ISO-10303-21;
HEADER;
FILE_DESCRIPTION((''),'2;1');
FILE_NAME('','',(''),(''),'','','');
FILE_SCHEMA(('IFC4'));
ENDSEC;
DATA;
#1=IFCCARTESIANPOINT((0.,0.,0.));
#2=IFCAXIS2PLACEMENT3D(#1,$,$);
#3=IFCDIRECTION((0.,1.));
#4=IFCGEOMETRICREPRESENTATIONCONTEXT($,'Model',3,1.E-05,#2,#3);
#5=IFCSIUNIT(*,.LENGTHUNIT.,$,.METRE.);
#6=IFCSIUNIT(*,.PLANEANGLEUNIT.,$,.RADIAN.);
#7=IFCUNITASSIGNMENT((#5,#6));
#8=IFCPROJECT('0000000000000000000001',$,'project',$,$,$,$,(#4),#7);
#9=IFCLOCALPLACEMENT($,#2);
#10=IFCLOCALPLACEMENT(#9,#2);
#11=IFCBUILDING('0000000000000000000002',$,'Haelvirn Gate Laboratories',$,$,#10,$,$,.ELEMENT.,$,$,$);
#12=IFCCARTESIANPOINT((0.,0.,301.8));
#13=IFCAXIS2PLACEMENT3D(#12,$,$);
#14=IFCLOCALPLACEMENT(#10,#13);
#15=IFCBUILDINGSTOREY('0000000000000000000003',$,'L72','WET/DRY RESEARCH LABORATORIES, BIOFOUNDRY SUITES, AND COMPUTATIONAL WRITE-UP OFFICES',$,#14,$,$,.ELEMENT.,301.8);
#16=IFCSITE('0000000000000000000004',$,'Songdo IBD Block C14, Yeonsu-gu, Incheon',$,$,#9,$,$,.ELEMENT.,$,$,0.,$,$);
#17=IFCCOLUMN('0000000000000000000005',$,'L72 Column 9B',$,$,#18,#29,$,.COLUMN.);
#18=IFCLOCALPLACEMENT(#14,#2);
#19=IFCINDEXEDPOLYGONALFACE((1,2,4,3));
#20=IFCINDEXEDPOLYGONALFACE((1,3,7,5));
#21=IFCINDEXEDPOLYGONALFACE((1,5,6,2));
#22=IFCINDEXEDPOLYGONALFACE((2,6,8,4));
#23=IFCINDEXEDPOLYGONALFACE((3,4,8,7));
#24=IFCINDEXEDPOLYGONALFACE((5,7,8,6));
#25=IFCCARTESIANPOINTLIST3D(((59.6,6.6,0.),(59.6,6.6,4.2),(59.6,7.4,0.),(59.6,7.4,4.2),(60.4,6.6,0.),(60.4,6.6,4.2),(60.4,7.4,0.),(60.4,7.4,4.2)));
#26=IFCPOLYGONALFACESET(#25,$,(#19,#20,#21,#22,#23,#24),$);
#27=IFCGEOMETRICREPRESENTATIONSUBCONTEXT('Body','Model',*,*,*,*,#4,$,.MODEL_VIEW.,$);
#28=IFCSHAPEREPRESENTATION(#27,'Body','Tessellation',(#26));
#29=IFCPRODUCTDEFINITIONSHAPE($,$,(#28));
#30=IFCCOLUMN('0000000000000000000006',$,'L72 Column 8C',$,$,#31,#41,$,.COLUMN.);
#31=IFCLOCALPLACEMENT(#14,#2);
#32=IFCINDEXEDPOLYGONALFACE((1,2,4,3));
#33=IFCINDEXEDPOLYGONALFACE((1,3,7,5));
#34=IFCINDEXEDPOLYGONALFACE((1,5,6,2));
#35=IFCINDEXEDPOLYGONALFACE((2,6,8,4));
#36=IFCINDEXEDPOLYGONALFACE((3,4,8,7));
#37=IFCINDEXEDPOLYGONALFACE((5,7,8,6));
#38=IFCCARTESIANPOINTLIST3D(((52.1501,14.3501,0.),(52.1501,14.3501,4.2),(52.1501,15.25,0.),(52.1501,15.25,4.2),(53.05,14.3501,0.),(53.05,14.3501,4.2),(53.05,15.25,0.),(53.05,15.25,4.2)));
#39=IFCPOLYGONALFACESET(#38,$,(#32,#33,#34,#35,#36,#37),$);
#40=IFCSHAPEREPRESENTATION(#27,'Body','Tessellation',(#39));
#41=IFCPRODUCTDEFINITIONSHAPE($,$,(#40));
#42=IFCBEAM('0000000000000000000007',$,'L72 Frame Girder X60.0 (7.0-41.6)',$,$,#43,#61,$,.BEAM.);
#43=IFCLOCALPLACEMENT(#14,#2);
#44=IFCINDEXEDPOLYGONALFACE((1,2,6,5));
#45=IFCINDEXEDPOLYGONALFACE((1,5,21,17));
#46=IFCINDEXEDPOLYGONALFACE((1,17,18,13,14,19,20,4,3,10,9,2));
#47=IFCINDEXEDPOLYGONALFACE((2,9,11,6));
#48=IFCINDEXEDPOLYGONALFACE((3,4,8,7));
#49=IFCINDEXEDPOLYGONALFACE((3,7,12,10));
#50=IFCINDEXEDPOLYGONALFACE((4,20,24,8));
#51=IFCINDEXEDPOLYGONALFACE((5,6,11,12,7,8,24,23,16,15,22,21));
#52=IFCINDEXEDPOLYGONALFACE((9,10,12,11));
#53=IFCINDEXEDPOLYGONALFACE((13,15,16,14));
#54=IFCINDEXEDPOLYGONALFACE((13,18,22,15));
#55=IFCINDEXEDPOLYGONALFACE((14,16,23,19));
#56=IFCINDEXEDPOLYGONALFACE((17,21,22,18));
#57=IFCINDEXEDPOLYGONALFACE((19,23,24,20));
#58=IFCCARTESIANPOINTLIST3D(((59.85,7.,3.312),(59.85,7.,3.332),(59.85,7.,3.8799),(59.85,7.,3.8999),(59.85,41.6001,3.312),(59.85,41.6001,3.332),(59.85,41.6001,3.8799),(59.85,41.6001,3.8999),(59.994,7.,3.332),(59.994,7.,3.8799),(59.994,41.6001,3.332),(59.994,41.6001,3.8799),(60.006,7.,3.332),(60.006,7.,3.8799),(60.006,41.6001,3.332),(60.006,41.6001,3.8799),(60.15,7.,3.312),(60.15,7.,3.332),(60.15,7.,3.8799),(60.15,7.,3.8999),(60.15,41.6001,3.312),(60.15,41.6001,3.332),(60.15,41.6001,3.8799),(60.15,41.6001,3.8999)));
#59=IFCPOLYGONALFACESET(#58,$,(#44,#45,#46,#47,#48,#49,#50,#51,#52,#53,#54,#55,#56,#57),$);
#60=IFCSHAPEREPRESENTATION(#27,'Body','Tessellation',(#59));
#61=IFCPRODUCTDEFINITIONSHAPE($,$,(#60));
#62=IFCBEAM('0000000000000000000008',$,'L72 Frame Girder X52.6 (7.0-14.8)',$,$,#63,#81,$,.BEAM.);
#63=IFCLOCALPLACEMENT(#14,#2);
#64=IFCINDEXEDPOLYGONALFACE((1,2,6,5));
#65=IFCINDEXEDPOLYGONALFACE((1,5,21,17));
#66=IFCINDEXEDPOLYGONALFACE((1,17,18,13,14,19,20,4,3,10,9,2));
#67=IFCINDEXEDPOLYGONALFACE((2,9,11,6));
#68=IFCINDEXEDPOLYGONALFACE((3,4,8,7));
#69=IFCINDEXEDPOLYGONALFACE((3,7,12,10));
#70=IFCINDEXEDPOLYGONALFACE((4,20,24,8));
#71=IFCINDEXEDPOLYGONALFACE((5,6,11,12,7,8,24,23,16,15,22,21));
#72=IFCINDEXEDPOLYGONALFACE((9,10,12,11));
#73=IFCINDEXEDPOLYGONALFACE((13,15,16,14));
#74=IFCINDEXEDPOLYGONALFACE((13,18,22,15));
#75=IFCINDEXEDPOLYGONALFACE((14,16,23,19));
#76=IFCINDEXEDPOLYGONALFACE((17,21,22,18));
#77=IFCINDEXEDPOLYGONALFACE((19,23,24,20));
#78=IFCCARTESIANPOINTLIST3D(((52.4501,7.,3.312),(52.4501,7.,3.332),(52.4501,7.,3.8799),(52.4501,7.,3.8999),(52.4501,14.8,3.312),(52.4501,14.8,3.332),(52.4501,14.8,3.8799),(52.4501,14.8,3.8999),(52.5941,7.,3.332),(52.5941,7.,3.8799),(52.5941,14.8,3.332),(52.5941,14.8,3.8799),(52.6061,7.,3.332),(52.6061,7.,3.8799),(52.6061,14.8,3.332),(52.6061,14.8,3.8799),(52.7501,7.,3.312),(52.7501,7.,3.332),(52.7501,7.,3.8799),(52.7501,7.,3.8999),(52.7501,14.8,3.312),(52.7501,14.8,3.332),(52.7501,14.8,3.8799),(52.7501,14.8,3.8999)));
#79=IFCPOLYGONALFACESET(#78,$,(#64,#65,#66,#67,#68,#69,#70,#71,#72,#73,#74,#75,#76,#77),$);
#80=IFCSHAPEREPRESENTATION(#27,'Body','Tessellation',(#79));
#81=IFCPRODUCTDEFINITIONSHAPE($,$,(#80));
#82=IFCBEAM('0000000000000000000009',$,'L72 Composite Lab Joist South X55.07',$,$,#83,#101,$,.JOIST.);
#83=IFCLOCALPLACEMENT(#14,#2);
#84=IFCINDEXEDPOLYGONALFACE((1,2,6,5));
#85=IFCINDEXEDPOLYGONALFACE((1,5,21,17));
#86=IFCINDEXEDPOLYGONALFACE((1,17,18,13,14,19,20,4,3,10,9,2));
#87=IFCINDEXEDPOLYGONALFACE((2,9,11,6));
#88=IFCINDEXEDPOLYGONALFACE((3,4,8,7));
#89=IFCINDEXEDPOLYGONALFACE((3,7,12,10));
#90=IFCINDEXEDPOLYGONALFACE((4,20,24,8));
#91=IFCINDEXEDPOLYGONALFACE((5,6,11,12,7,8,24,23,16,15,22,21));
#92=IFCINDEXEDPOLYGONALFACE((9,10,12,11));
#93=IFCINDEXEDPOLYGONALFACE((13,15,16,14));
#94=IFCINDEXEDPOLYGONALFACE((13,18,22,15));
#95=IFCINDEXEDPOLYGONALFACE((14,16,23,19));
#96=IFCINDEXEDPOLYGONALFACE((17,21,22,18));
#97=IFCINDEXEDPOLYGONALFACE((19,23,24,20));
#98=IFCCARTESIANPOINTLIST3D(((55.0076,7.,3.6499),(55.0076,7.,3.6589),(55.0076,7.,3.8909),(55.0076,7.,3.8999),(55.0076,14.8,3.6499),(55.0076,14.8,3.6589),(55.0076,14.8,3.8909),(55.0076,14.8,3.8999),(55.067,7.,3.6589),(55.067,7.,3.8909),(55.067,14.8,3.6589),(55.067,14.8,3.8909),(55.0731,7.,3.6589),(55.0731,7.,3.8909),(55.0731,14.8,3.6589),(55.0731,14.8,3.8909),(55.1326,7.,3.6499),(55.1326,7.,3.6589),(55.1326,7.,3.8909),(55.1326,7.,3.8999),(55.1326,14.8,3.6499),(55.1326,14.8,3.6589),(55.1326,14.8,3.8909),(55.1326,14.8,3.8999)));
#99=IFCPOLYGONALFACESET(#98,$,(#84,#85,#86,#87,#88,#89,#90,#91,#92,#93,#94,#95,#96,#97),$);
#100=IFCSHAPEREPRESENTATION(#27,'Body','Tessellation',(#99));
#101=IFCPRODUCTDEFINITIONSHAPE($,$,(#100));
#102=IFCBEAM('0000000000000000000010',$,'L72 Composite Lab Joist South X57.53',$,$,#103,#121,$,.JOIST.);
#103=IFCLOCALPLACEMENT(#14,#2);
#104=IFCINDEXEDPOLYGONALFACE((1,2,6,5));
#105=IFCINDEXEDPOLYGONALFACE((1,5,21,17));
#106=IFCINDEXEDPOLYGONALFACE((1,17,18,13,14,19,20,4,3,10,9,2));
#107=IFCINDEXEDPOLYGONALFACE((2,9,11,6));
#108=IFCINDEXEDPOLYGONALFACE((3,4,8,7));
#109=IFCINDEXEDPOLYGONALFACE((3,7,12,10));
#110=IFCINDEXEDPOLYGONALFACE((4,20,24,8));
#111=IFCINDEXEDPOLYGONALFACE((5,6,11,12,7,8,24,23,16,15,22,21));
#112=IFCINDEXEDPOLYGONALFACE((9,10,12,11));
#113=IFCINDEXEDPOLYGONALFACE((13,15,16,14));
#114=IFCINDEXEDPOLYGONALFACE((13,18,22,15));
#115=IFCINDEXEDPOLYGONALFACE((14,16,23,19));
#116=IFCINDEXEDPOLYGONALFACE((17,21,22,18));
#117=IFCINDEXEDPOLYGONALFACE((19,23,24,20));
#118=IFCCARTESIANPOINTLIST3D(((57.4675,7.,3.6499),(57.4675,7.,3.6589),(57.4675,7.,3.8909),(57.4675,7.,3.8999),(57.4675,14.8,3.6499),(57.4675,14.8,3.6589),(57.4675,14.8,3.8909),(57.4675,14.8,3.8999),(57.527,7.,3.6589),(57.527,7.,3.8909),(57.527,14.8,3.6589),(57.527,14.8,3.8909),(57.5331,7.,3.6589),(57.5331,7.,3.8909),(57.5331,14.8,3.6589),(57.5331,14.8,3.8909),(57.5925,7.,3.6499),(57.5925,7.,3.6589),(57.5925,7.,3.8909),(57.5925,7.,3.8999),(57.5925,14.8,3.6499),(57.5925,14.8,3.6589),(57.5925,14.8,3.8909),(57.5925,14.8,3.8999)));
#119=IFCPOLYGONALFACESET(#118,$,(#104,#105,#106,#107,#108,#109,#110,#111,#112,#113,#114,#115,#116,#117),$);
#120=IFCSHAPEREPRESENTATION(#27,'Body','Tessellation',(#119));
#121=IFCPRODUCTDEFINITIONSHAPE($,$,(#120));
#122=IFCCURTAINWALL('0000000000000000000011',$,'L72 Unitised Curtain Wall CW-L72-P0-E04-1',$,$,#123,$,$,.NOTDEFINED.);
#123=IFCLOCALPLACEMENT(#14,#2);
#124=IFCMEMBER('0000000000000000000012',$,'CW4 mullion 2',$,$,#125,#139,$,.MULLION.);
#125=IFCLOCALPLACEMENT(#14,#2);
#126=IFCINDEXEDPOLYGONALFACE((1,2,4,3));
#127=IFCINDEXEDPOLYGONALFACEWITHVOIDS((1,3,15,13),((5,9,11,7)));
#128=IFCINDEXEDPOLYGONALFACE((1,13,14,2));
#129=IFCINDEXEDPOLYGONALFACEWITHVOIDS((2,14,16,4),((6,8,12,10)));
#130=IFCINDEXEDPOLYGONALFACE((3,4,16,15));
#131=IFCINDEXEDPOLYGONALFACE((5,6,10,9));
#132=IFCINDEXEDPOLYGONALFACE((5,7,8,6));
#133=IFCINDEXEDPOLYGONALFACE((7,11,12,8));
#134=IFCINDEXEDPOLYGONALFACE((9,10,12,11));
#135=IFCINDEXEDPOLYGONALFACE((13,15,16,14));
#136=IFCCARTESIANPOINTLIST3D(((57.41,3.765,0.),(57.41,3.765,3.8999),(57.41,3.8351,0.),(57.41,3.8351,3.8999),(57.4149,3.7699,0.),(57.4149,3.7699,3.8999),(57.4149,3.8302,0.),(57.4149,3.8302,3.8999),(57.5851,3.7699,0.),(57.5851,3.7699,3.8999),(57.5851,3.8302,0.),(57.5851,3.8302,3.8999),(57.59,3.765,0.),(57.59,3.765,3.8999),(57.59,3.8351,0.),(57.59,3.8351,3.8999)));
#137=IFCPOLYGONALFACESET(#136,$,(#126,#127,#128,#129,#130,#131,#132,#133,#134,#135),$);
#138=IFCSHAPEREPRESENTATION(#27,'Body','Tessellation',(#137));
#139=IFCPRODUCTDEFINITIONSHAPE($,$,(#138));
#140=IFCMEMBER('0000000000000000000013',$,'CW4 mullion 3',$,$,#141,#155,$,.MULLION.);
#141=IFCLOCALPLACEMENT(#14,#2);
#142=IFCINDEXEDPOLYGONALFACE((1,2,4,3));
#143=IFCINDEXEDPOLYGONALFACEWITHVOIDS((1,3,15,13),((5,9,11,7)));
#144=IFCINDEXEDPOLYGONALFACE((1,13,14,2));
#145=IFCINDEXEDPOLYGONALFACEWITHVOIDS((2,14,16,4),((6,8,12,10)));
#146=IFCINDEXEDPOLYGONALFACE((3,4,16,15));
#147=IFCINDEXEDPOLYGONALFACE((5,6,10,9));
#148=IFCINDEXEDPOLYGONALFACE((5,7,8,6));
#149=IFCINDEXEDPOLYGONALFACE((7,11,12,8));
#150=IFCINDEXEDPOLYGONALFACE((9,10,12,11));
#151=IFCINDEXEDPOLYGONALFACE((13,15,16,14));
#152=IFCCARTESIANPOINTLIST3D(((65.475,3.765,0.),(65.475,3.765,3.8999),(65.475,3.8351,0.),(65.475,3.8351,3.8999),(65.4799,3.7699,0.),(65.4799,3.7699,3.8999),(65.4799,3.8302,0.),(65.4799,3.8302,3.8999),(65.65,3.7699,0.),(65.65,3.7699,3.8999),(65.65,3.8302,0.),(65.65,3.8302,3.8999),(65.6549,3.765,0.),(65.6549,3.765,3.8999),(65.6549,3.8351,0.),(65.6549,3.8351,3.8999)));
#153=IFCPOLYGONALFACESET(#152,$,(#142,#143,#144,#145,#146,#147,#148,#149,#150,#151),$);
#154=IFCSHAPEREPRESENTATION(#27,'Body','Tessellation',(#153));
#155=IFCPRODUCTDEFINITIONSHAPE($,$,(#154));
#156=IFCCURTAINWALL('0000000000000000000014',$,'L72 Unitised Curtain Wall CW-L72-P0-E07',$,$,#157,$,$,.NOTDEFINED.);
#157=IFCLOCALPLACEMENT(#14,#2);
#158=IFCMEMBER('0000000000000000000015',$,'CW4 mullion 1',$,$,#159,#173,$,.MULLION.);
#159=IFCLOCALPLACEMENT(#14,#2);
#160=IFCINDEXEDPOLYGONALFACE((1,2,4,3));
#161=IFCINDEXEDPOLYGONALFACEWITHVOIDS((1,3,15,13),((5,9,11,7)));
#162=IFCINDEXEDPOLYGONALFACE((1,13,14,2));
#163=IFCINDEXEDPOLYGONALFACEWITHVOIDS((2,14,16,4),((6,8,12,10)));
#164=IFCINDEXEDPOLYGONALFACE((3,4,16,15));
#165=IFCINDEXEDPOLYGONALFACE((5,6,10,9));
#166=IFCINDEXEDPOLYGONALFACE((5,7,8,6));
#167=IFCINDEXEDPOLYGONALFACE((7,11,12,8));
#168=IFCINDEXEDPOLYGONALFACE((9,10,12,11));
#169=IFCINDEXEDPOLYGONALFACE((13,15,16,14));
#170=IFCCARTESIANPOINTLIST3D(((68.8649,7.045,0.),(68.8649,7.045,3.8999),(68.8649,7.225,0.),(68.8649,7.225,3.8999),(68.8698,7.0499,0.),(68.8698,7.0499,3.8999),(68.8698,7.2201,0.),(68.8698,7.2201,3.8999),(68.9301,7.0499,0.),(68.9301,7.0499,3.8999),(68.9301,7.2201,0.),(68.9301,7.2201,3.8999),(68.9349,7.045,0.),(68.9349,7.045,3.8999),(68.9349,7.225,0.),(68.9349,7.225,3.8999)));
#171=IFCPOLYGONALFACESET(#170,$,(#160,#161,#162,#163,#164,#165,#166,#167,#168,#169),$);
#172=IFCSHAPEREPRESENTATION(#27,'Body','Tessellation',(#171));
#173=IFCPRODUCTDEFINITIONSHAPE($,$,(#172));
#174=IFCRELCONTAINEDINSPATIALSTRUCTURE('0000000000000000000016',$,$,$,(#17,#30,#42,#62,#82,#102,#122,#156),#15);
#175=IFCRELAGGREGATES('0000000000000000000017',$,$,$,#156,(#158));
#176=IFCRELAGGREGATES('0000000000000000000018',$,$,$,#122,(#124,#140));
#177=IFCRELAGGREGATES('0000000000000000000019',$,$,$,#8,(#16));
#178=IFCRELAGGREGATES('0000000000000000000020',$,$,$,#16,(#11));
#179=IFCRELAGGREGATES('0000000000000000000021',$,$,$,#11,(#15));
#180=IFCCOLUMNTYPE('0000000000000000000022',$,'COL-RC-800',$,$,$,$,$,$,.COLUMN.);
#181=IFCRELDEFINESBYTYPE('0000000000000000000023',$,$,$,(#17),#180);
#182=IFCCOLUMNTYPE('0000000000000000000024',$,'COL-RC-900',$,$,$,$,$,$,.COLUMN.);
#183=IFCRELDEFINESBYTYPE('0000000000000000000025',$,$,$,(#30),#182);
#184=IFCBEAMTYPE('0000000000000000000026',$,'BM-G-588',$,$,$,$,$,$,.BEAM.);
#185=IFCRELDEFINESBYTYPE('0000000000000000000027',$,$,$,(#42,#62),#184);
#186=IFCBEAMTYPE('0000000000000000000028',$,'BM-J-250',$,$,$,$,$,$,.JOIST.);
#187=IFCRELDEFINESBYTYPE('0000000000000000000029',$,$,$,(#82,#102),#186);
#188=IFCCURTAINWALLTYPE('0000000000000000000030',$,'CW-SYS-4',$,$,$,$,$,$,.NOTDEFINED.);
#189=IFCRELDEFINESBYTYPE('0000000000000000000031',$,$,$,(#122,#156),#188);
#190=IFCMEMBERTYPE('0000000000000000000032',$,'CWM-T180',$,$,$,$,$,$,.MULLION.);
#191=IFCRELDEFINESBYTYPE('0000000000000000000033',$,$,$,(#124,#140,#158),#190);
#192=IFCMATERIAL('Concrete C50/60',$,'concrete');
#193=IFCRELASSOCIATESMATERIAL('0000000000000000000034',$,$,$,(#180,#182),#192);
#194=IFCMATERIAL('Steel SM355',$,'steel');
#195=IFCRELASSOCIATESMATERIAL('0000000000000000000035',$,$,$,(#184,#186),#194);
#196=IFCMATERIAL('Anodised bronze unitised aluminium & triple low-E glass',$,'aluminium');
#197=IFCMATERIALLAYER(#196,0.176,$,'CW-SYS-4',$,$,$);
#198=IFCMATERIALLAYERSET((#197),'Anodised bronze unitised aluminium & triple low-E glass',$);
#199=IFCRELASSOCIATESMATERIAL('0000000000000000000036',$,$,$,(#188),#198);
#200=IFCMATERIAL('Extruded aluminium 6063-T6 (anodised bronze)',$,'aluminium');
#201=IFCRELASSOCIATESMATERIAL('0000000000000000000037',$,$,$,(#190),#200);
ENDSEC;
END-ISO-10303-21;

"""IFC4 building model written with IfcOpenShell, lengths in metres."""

from ifc_helpers import new_model, si_unit, direction, frame, origin, origin_2d, place, context, subcontext, project, spatial, rectangle, hollow_rectangle, i_section, extrude, source, transform, mapped, material, layer, layer_set, material_profile, profile_set, type_object, type_shapes, element, aggregate, save


model = new_model("IFC4")

# Units and contexts
model_context = context("Model", 3, precision=1e-05, world=origin(), true_north=direction((0.0, 1.0)))
body_context = subcontext(model_context, "Body", "Model", "MODEL_VIEW")
ifc_project = project(units=[si_unit("LENGTHUNIT", "METRE"), si_unit("PLANEANGLEUNIT", "RADIAN")], contexts=[model_context])

# Site, building, storey
site_placement = place(None, origin())
site = spatial("IfcSite", under=ifc_project, at=site_placement, Name="Songdo IBD Block C14, Yeonsu-gu, Incheon", CompositionType="ELEMENT", RefElevation=0.0)
building_placement = place(site_placement, origin())
building = spatial("IfcBuilding", under=site, at=building_placement, Name="Haelvirn Gate Laboratories", CompositionType="ELEMENT")
storey_placement = place(building_placement, frame((0.0, 0.0, 301.8)))
storey = spatial("IfcBuildingStorey", under=building, at=storey_placement, Name="L72", Description="WET/DRY RESEARCH LABORATORIES, BIOFOUNDRY SUITES, AND COMPUTATIONAL WRITE-UP OFFICES", CompositionType="ELEMENT", Elevation=301.8)

# Columns
ifc_material_1 = material(Name="Concrete C50/60", Category="concrete")
ifc_material_profile_1 = material_profile(ifc_material_1, rectangle(XDim=0.8, YDim=0.8, at=origin_2d()), Name="RC-800x800")
ifc_profile_set_1 = profile_set([ifc_material_profile_1], Name="Concrete C50/60")
column_type_1 = type_object("IfcColumnType", Name="COL-RC-800", PredefinedType="COLUMN", material=ifc_profile_set_1)
shared_shape_1 = source(origin(), body_context, "Body", "SweptSolid", [
    extrude(rectangle(XDim=0.8, YDim=0.8, at=origin_2d()), origin(), (0.0, 0.0, 1.0), 4.2),
])
type_shapes(column_type_1, [shared_shape_1])
column_1_placement = place(storey_placement, frame((60.0, 7.0, 0.0), z_axis=(0.0, 0.0, 1.0), x_axis=(1.0, 0.0, 0.0)))
element("IfcColumn", 1, at=column_1_placement, inside=storey, type_object=column_type_1, Name="L72 Column 9B", PredefinedType="COLUMN", context=body_context, shape_type="MappedRepresentation", body=[
    mapped(shared_shape_1, transform((0.0, 0.0, 0.0), scale=1.0)),
])
ifc_material_profile_2 = material_profile(ifc_material_1, rectangle(XDim=0.8999, YDim=0.8999, at=origin_2d()), Name="RC-900x900")
ifc_profile_set_2 = profile_set([ifc_material_profile_2], Name="Concrete C50/60")
column_type_2 = type_object("IfcColumnType", Name="COL-RC-900", PredefinedType="COLUMN", material=ifc_profile_set_2)
shared_shape_2 = source(origin(), body_context, "Body", "SweptSolid", [
    extrude(rectangle(XDim=0.8999, YDim=0.8999, at=origin_2d()), origin(), (0.0, 0.0, 1.0), 4.2),
])
type_shapes(column_type_2, [shared_shape_2])
column_2_placement = place(storey_placement, frame((52.6001, 14.8, 0.0), z_axis=(0.0, 0.0, 1.0), x_axis=(1.0, 0.0, 0.0)))
element("IfcColumn", 2, at=column_2_placement, inside=storey, type_object=column_type_2, Name="L72 Column 8C", PredefinedType="COLUMN", context=body_context, shape_type="MappedRepresentation", body=[
    mapped(shared_shape_2, transform((0.0, 0.0, 0.0), scale=1.0)),
])

# Beams
ifc_material_2 = material(Name="Steel SM355", Category="steel")
ifc_material_profile_3 = material_profile(ifc_material_2, i_section(OverallWidth=0.3, OverallDepth=0.5879, WebThickness=0.012, FlangeThickness=0.02, at=origin_2d()), Name="H-588x300x12x20")
ifc_profile_set_3 = profile_set([ifc_material_profile_3], Name="Steel SM355")
beam_type_1 = type_object("IfcBeamType", Name="BM-G-588", PredefinedType="BEAM", material=ifc_profile_set_3)
shared_shape_3 = source(origin(), body_context, "Body", "SweptSolid", [
    extrude(i_section(OverallWidth=0.3, OverallDepth=0.5879, WebThickness=0.012, FlangeThickness=0.02, at=origin_2d()), origin(), (0.0, 0.0, 1.0), 34.6001),
])
beam_1_placement = place(storey_placement, frame((60.0, 7.0, 3.606), z_axis=(0.0, 1.0, 0.0), x_axis=(-1.0, 0.0, 0.0)))
element("IfcBeam", 3, at=beam_1_placement, inside=storey, type_object=beam_type_1, Name="L72 Frame Girder X60.0 (7.0-41.6)", PredefinedType="BEAM", context=body_context, shape_type="MappedRepresentation", body=[
    mapped(shared_shape_3, transform((0.0, 0.0, 0.0), scale=1.0)),
])
shared_shape_4 = source(origin(), body_context, "Body", "SweptSolid", [
    extrude(i_section(OverallWidth=0.3, OverallDepth=0.5879, WebThickness=0.012, FlangeThickness=0.02, at=origin_2d()), origin(), (0.0, 0.0, 1.0), 7.8),
])
type_shapes(beam_type_1, [shared_shape_3, shared_shape_4])
beam_2_placement = place(storey_placement, frame((52.6001, 7.0, 3.606), z_axis=(0.0, 1.0, 0.0), x_axis=(-1.0, 0.0, 0.0)))
element("IfcBeam", 4, at=beam_2_placement, inside=storey, type_object=beam_type_1, Name="L72 Frame Girder X52.6 (7.0-14.8)", PredefinedType="BEAM", context=body_context, shape_type="MappedRepresentation", body=[
    mapped(shared_shape_4, transform((0.0, 0.0, 0.0), scale=1.0)),
])
ifc_material_profile_4 = material_profile(ifc_material_2, i_section(OverallWidth=0.125, OverallDepth=0.25, WebThickness=0.0061, FlangeThickness=0.009, at=origin_2d()), Name="H-250x125x6x9")
ifc_profile_set_4 = profile_set([ifc_material_profile_4], Name="Steel SM355")
beam_type_2 = type_object("IfcBeamType", Name="BM-J-250", PredefinedType="JOIST", material=ifc_profile_set_4)
shared_shape_5 = source(origin(), body_context, "Body", "SweptSolid", [
    extrude(i_section(OverallWidth=0.125, OverallDepth=0.25, WebThickness=0.0061, FlangeThickness=0.009, at=origin_2d()), origin(), (0.0, 0.0, 1.0), 7.8),
])
type_shapes(beam_type_2, [shared_shape_5])
for number, where, z_axis, x_axis, name in (
    (5, (55.0701, 7.0, 3.7749), (0.0, 1.0, 0.0), (-1.0, 0.0, 0.0), "L72 Composite Lab Joist South X55.07"),
    (6, (57.53, 7.0, 3.7749), (0.0, 1.0, 0.0), (-1.0, 0.0, 0.0), "L72 Composite Lab Joist South X57.53"),
):
    element("IfcBeam", number, at=place(storey_placement, frame(where, z_axis=z_axis, x_axis=x_axis)), inside=storey, type_object=beam_type_2, Name=name, PredefinedType="JOIST", context=body_context, shape_type="MappedRepresentation", body=[
        mapped(shared_shape_5, transform((0.0, 0.0, 0.0), scale=1.0)),
    ])

# Curtain wall, members
ifc_material_3 = material(Name="Anodised bronze unitised aluminium & triple low-E glass", Category="aluminium")
ifc_layer_1 = layer(ifc_material_3, 0.176, Name="CW-SYS-4")
ifc_layer_set_1 = layer_set([ifc_layer_1], Name="Anodised bronze unitised aluminium & triple low-E glass")
curtain_wall_type_1 = type_object("IfcCurtainWallType", Name="CW-SYS-4", PredefinedType="NOTDEFINED", material=ifc_layer_set_1)
curtain_wall_1_placement = place(storey_placement, origin())
curtain_wall_1 = element("IfcCurtainWall", 7, at=curtain_wall_1_placement, inside=storey, type_object=curtain_wall_type_1, Name="L72 Unitised Curtain Wall CW-L72-P0-E04-1", PredefinedType="NOTDEFINED")
ifc_material_4 = material(Name="Extruded aluminium 6063-T6 (anodised bronze)", Category="aluminium")
ifc_material_profile_5 = material_profile(ifc_material_4, hollow_rectangle(XDim=0.0701, YDim=0.1799, WallThickness=0.0049, at=origin_2d()), Name="CWM-180x70x5")
ifc_profile_set_5 = profile_set([ifc_material_profile_5], Name="Extruded aluminium 6063-T6 (anodised bronze)")
member_type_1 = type_object("IfcMemberType", Name="CWM-T180", PredefinedType="MULLION", material=ifc_profile_set_5)
shared_shape_6 = source(origin(), body_context, "Body", "SweptSolid", [
    extrude(hollow_rectangle(XDim=0.0701, YDim=0.1799, WallThickness=0.0049, at=origin_2d()), origin(), (0.0, 0.0, 1.0), 3.8999),
])
type_shapes(member_type_1, [shared_shape_6])
member_1_placement = place(storey_placement, frame((57.5, 3.8, 0.0), z_axis=(0.0, 0.0, 1.0), x_axis=(0.0, 1.0, 0.0)))
member_1 = element("IfcMember", 8, at=member_1_placement, type_object=member_type_1, Name="CW4 mullion 2", PredefinedType="MULLION", context=body_context, shape_type="MappedRepresentation", body=[
    mapped(shared_shape_6, transform((0.0, 0.0, 0.0), scale=1.0)),
])
member_2_placement = place(storey_placement, frame((65.5649, 3.8, 0.0), z_axis=(0.0, 0.0, 1.0), x_axis=(0.0, 1.0, 0.0)))
member_2 = element("IfcMember", 9, at=member_2_placement, type_object=member_type_1, Name="CW4 mullion 3", PredefinedType="MULLION", context=body_context, shape_type="MappedRepresentation", body=[
    mapped(shared_shape_6, transform((0.0, 0.0, 0.0), scale=1.0)),
])

# Curtain wall, member
curtain_wall_2_placement = place(storey_placement, origin())
curtain_wall_2 = element("IfcCurtainWall", 10, at=curtain_wall_2_placement, inside=storey, type_object=curtain_wall_type_1, Name="L72 Unitised Curtain Wall CW-L72-P0-E07", PredefinedType="NOTDEFINED")
member_3_placement = place(storey_placement, frame((68.8999, 7.135, 0.0), z_axis=(0.0, 0.0, 1.0), x_axis=(-1.0, 0.0, 0.0)))
member_3 = element("IfcMember", 11, at=member_3_placement, type_object=member_type_1, Name="CW4 mullion 1", PredefinedType="MULLION", context=body_context, shape_type="MappedRepresentation", body=[
    mapped(shared_shape_6, transform((0.0, 0.0, 0.0), scale=1.0)),
])

aggregate(curtain_wall_2, [member_3])

aggregate(curtain_wall_1, [member_1, member_2])

save(model, "model.ifc")
